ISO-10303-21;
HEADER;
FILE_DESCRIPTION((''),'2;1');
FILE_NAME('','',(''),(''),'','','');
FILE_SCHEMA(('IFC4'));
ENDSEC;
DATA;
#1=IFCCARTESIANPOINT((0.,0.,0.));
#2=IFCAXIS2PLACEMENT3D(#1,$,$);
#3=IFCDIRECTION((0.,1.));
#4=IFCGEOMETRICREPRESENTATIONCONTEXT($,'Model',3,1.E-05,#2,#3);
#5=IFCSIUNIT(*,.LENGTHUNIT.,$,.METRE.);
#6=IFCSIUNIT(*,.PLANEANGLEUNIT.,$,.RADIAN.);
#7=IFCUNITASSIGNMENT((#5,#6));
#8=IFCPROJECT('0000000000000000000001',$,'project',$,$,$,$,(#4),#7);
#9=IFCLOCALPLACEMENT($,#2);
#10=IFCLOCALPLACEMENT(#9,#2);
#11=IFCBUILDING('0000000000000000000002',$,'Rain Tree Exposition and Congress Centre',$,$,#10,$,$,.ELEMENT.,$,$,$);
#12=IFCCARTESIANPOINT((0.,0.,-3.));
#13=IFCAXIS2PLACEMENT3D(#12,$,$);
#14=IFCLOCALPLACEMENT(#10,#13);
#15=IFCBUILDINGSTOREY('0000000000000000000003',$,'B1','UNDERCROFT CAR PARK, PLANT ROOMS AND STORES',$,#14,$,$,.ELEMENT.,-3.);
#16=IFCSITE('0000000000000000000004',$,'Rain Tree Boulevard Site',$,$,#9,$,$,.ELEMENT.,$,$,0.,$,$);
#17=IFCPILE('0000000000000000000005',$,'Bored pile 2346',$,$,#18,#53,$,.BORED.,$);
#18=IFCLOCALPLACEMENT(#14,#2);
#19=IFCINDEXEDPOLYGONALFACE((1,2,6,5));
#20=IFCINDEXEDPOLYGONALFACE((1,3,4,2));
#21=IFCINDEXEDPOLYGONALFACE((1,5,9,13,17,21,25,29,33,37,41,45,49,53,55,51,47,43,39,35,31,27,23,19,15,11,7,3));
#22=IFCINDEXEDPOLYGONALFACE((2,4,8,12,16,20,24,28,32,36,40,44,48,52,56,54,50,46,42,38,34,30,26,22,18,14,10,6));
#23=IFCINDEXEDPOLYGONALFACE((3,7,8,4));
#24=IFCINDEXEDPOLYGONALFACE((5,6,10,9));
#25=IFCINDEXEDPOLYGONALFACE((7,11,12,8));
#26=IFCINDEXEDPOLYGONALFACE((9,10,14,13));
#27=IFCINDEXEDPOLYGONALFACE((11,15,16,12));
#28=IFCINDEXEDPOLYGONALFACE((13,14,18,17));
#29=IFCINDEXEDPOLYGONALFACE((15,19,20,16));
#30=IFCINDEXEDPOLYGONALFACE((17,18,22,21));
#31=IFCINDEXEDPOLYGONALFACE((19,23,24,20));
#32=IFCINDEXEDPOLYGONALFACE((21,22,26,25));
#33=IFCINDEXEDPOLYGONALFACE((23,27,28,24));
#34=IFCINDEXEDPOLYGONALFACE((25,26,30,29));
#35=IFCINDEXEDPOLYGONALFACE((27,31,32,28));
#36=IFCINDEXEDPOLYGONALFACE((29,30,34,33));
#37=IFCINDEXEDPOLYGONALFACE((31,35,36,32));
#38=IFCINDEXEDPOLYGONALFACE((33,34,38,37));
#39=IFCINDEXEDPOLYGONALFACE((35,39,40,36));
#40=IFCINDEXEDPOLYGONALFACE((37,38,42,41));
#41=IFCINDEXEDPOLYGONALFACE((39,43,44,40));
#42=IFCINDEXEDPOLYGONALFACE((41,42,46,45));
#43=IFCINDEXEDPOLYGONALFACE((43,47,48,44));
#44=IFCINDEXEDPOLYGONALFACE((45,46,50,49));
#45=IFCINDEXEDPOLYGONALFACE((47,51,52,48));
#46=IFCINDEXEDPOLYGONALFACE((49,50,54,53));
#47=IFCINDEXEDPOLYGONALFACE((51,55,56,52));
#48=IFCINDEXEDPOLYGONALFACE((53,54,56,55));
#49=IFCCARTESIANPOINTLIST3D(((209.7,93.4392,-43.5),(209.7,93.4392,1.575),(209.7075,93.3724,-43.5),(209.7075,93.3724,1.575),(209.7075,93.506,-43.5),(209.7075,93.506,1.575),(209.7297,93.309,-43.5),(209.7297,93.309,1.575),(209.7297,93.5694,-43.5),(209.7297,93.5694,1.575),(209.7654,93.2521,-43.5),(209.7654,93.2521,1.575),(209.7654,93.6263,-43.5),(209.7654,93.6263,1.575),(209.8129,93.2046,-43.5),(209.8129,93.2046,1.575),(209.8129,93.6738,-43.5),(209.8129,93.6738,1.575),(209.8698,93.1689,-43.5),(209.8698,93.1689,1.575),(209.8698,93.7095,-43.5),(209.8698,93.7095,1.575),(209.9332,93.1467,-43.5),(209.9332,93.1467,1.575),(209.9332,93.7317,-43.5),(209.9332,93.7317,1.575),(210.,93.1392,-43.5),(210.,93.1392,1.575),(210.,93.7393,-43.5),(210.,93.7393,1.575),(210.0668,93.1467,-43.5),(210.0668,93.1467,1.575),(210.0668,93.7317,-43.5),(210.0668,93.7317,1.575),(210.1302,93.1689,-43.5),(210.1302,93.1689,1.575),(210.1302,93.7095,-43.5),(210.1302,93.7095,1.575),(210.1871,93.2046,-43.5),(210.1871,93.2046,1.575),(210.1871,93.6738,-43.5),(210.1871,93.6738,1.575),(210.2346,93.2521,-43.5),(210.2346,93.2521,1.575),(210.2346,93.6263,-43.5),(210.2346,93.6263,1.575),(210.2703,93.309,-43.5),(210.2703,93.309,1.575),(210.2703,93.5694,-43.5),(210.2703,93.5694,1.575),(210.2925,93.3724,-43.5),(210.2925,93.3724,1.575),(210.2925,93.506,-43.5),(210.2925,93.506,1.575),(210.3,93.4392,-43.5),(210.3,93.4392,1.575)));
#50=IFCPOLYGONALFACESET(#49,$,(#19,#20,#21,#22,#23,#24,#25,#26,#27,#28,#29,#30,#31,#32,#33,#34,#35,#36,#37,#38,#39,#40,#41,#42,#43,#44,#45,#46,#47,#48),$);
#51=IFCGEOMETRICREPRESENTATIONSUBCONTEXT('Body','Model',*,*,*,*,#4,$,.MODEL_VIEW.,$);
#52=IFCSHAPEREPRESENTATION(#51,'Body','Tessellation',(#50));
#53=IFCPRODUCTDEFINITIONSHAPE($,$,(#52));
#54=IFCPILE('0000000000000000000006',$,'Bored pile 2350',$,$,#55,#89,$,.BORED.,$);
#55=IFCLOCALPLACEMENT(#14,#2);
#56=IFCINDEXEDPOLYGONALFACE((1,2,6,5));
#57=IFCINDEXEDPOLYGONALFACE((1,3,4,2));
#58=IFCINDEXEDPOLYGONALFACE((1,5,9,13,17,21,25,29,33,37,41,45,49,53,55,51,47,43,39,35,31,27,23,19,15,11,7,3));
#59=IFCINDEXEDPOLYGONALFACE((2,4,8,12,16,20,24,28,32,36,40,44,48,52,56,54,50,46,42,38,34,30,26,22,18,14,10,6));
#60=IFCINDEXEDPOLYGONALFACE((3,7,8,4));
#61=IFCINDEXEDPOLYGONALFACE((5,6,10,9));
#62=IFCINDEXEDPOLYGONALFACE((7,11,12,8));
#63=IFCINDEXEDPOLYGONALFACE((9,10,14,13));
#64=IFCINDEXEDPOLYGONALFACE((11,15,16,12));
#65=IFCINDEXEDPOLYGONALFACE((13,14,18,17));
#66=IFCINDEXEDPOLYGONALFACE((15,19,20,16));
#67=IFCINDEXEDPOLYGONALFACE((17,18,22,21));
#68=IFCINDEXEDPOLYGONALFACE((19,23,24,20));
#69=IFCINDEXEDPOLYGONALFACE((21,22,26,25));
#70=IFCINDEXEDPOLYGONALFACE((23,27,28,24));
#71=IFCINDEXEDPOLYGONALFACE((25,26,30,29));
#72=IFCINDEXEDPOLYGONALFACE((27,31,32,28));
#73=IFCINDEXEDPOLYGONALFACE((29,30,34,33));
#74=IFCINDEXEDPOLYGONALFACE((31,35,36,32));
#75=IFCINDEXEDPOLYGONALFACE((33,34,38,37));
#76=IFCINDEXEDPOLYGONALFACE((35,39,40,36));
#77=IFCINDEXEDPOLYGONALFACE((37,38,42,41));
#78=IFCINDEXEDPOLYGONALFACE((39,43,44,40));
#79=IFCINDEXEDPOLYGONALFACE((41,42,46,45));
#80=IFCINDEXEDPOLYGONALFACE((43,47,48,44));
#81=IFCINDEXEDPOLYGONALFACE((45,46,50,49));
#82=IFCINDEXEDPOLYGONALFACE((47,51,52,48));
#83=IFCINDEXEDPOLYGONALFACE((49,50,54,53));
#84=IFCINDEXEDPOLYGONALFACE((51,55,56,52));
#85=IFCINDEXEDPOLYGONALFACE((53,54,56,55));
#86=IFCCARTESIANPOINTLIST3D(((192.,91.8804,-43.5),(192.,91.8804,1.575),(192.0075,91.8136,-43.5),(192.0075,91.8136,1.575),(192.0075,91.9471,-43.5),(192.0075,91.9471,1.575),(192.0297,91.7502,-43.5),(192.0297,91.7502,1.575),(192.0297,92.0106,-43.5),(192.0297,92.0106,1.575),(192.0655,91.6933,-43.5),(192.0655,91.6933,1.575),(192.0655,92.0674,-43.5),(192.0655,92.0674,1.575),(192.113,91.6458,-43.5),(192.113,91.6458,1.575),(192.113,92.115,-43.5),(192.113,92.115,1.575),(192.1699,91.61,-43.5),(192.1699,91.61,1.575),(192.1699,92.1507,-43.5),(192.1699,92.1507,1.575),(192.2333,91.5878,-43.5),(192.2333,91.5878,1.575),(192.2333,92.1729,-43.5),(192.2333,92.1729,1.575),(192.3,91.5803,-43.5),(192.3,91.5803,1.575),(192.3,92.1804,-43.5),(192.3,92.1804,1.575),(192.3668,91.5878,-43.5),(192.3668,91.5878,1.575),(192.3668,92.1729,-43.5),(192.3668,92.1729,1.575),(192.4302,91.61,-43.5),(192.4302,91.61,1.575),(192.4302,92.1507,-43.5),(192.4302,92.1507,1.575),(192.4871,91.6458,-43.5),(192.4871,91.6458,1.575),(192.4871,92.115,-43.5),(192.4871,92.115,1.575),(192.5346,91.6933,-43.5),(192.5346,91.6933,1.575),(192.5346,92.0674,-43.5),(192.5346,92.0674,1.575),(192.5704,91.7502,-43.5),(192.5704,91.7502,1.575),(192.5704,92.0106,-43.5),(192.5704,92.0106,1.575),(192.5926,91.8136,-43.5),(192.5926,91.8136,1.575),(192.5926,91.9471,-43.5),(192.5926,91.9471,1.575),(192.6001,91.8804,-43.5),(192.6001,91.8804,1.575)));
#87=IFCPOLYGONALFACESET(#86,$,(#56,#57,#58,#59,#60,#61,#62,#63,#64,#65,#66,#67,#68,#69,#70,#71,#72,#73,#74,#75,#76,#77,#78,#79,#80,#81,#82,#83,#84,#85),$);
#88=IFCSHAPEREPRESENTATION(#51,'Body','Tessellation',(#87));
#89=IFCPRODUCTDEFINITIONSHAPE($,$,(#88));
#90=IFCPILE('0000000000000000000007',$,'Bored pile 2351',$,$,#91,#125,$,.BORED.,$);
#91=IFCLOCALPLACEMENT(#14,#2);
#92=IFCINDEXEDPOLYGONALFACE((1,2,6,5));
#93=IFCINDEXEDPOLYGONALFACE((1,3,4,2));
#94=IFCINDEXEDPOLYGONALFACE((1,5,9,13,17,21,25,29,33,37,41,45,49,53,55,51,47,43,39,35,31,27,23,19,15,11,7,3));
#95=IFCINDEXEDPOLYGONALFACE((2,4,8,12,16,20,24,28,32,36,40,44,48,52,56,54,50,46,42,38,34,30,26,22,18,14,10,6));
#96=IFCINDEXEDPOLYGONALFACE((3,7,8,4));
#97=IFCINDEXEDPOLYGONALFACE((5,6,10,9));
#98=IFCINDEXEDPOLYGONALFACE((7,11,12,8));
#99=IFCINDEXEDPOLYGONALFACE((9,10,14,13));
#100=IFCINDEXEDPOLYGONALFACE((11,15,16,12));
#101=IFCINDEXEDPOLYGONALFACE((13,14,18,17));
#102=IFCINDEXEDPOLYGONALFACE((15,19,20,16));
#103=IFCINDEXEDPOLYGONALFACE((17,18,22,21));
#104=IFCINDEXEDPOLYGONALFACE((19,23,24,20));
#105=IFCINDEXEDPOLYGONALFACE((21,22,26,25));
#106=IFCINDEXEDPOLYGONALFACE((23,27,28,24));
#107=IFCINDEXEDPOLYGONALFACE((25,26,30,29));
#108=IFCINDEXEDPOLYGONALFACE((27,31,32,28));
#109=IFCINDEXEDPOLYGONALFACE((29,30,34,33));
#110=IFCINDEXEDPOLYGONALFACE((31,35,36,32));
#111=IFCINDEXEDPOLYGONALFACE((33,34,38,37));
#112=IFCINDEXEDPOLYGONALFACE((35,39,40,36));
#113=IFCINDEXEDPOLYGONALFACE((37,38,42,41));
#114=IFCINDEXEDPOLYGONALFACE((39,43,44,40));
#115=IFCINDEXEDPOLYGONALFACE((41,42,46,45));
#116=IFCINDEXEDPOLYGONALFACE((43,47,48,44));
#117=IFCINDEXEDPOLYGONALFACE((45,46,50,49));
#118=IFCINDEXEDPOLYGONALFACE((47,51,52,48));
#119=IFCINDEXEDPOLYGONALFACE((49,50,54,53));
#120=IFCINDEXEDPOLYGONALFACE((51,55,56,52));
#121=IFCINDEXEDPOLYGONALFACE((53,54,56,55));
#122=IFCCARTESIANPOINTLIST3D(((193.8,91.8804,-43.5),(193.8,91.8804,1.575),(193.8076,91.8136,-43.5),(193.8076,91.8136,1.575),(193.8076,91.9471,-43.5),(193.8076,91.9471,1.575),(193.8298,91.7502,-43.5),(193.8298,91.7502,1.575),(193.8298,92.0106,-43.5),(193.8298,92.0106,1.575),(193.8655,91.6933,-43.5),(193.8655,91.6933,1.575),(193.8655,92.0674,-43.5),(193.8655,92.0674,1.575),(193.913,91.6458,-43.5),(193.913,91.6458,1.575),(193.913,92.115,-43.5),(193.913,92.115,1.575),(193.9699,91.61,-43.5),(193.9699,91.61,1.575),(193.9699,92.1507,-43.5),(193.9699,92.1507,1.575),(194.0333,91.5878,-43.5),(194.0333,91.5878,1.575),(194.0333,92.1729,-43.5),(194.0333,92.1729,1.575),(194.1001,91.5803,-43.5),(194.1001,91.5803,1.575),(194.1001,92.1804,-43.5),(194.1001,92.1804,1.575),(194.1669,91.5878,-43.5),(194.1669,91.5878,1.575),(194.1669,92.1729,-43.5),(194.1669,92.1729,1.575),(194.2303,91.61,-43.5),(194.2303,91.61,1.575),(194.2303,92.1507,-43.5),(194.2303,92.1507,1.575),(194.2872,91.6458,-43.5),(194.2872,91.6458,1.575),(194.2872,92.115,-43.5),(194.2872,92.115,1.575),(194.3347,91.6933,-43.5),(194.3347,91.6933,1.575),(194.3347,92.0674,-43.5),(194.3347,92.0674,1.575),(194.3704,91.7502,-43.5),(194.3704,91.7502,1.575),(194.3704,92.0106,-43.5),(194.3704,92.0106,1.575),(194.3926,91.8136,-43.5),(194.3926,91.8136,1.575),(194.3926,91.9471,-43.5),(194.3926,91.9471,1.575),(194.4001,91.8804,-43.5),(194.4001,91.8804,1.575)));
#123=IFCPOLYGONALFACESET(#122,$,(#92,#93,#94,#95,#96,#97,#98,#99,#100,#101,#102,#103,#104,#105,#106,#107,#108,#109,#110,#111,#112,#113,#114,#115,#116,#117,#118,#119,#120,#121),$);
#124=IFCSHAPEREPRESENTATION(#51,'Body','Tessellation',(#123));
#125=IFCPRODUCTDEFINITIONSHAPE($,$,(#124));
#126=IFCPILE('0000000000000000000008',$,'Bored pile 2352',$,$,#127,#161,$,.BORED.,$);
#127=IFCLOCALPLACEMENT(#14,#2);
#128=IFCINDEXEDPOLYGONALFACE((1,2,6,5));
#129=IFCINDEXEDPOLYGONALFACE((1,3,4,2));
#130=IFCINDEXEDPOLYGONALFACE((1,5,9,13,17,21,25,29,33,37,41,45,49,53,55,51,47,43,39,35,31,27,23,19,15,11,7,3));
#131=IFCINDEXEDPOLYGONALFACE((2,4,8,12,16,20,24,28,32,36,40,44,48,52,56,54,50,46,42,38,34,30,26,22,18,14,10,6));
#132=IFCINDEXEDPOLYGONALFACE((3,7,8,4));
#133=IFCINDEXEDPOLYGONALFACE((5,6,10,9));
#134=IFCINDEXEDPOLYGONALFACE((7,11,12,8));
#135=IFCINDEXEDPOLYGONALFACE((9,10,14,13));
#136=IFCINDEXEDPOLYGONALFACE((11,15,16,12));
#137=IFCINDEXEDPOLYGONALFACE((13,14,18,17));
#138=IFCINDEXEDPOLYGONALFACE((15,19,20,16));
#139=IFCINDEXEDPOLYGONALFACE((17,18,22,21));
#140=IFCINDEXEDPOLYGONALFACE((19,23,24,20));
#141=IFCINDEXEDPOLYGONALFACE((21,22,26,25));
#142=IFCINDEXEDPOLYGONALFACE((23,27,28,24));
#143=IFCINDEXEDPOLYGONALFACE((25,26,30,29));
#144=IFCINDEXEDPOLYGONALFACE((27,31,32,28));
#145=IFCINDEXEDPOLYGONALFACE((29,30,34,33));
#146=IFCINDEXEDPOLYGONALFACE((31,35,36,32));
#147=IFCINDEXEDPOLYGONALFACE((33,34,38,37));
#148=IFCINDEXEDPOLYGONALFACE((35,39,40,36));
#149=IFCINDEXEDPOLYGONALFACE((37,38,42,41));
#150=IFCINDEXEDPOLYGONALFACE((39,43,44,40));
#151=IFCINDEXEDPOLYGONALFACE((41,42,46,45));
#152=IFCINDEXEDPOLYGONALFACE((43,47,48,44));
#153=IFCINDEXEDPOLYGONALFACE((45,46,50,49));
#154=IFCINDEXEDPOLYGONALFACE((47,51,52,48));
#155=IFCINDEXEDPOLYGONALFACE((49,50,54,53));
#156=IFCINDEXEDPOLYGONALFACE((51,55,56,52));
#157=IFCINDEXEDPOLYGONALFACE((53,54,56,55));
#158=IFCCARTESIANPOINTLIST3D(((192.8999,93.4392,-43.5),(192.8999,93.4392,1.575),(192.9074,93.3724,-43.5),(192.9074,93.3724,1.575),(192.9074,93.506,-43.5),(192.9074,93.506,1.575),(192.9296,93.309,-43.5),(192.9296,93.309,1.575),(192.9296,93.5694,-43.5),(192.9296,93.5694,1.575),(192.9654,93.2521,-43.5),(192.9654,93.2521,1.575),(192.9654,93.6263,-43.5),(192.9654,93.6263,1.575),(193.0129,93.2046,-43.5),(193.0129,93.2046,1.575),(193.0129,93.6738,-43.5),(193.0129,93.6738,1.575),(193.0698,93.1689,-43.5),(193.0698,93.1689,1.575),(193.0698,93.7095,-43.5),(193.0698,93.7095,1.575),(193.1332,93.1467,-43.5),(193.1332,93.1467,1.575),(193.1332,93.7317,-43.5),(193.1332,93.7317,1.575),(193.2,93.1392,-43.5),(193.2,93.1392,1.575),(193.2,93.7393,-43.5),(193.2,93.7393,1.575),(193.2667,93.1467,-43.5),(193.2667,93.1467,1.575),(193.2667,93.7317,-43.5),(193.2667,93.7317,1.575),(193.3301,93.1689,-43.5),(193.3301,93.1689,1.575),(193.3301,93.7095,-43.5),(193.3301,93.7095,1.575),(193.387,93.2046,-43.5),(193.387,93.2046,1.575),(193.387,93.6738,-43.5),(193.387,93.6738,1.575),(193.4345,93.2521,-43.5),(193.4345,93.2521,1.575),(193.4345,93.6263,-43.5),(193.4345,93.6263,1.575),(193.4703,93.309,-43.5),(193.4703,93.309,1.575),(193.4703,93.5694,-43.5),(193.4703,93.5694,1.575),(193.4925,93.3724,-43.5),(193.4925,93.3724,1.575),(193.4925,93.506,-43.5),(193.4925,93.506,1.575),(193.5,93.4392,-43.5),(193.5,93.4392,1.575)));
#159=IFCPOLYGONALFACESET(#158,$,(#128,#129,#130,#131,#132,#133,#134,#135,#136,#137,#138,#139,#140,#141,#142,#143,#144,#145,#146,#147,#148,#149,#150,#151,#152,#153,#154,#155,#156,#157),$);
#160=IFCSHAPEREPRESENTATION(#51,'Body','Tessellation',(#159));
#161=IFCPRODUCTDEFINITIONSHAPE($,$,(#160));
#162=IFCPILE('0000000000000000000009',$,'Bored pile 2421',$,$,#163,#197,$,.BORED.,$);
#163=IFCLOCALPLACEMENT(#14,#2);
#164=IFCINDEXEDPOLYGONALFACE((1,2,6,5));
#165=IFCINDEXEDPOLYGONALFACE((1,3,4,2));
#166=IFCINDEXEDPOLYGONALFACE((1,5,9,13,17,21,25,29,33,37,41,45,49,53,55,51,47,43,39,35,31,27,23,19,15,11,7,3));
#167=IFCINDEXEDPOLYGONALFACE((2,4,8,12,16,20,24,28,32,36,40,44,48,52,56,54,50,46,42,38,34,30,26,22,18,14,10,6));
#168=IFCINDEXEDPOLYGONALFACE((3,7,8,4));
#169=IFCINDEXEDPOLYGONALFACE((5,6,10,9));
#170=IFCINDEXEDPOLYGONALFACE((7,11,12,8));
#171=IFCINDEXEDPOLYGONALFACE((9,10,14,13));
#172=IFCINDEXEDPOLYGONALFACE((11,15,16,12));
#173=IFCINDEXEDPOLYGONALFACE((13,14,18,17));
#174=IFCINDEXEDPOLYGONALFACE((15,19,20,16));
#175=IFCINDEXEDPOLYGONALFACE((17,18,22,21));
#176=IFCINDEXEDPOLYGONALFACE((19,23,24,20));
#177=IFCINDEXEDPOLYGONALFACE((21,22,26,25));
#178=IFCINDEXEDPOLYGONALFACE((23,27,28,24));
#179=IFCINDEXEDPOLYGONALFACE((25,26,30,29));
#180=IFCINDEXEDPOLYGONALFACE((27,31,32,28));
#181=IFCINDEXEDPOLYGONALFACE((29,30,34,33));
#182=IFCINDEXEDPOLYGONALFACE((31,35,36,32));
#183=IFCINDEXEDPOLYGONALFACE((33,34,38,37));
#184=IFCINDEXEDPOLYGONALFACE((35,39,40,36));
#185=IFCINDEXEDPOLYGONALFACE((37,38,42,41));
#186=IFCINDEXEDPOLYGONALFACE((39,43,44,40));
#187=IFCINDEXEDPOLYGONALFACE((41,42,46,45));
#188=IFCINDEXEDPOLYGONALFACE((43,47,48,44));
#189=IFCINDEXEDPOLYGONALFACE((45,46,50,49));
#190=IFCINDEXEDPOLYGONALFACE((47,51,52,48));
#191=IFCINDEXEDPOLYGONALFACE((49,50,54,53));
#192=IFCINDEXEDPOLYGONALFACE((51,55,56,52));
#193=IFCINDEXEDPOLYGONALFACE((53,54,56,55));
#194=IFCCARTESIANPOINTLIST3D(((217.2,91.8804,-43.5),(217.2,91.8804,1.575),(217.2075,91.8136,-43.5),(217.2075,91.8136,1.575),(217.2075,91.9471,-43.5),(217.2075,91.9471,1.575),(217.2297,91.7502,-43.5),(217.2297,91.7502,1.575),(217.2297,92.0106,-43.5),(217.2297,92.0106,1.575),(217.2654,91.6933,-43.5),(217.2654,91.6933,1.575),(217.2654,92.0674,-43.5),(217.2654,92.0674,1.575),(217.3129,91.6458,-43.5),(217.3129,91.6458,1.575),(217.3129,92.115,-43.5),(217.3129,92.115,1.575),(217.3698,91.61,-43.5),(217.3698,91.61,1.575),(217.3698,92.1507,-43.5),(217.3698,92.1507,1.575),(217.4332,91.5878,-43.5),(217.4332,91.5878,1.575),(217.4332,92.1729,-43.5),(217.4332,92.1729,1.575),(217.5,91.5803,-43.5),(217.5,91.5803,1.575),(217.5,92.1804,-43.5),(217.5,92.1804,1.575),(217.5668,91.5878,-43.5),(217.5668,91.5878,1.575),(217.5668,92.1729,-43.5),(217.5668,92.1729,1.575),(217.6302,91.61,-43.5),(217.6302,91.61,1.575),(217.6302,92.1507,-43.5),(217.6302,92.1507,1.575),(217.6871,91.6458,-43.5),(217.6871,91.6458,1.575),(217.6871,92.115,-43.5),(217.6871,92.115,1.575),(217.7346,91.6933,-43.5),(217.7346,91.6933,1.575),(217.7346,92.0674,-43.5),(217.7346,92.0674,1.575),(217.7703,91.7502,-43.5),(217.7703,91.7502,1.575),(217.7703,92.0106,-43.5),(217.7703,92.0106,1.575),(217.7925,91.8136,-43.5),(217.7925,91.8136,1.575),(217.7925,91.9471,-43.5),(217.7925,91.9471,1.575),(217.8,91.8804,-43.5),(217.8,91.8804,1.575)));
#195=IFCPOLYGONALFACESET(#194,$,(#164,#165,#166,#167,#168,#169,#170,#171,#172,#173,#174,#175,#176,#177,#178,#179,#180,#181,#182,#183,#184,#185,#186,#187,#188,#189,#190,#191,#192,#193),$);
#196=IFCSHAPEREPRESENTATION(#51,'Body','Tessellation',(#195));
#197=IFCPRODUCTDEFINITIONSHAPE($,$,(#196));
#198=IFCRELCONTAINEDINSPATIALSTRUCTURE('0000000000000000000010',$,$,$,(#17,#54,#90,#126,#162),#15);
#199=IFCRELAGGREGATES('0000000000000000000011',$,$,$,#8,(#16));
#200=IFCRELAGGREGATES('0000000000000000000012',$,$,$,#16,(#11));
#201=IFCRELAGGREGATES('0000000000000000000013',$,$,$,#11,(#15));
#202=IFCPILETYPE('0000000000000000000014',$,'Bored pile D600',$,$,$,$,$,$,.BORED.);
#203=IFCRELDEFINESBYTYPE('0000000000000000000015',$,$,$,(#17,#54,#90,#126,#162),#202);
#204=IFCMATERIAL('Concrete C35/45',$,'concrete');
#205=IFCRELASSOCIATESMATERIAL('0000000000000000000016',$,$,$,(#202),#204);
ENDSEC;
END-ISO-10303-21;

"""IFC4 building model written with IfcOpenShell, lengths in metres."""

from ifc_helpers import new_model, si_unit, direction, frame, origin, origin_2d, place, context, subcontext, project, spatial, circle, extrude, material, material_profile, profile_set, type_object, element, save


model = new_model("IFC4")

# Units and contexts
model_context = context("Model", 3, precision=1e-05, world=origin(), true_north=direction((0.0, 1.0)))
body_context = subcontext(model_context, "Body", "Model", "MODEL_VIEW")
ifc_project = project(units=[si_unit("LENGTHUNIT", "METRE"), si_unit("PLANEANGLEUNIT", "RADIAN")], contexts=[model_context])

# Site, building, storey
site_placement = place(None, origin())
site = spatial("IfcSite", under=ifc_project, at=site_placement, Name="Rain Tree Boulevard Site", CompositionType="ELEMENT", RefElevation=0.0)
building_placement = place(site_placement, origin())
building = spatial("IfcBuilding", under=site, at=building_placement, Name="Rain Tree Exposition and Congress Centre", CompositionType="ELEMENT")
storey_placement = place(building_placement, frame((0.0, 0.0, -3.0)))
storey = spatial("IfcBuildingStorey", under=building, at=storey_placement, Name="B1", Description="UNDERCROFT CAR PARK, PLANT ROOMS AND STORES", CompositionType="ELEMENT", Elevation=-3.0)

# Piles
ifc_material_1 = material(Name="Concrete C35/45", Category="concrete")
ifc_material_profile_1 = material_profile(ifc_material_1, circle(Radius=0.3, at=origin_2d()), Name="D600")
ifc_profile_set_1 = profile_set([ifc_material_profile_1], Name="Concrete C35/45")
pile_type_1 = type_object("IfcPileType", Name="Bored pile D600", PredefinedType="BORED", material=ifc_profile_set_1)
for number, where, z_axis, x_axis, name in (
    (1, (210.0, 93.4392, 1.575), (0.0, 0.0, -1.0), (1.0, 0.0, 0.0), "Bored pile 2346"),
    (2, (192.3, 91.8804, 1.575), (0.0, 0.0, -1.0), (1.0, 0.0, 0.0), "Bored pile 2350"),
    (3, (194.1001, 91.8804, 1.575), (0.0, 0.0, -1.0), (1.0, 0.0, 0.0), "Bored pile 2351"),
    (4, (193.2, 93.4392, 1.575), (0.0, 0.0, -1.0), (1.0, 0.0, 0.0), "Bored pile 2352"),
    (5, (217.5, 91.8804, 1.575), (0.0, 0.0, -1.0), (1.0, 0.0, 0.0), "Bored pile 2421"),
):
    element("IfcPile", number, at=place(storey_placement, frame(where, z_axis=z_axis, x_axis=x_axis)), inside=storey, type_object=pile_type_1, Name=name, PredefinedType="BORED", context=body_context, shape_type="SweptSolid", body=[
        extrude(circle(Radius=0.3, at=origin_2d()), origin(), (0.0, 0.0, 1.0), 45.075),
    ])

save(model, "model.ifc")
